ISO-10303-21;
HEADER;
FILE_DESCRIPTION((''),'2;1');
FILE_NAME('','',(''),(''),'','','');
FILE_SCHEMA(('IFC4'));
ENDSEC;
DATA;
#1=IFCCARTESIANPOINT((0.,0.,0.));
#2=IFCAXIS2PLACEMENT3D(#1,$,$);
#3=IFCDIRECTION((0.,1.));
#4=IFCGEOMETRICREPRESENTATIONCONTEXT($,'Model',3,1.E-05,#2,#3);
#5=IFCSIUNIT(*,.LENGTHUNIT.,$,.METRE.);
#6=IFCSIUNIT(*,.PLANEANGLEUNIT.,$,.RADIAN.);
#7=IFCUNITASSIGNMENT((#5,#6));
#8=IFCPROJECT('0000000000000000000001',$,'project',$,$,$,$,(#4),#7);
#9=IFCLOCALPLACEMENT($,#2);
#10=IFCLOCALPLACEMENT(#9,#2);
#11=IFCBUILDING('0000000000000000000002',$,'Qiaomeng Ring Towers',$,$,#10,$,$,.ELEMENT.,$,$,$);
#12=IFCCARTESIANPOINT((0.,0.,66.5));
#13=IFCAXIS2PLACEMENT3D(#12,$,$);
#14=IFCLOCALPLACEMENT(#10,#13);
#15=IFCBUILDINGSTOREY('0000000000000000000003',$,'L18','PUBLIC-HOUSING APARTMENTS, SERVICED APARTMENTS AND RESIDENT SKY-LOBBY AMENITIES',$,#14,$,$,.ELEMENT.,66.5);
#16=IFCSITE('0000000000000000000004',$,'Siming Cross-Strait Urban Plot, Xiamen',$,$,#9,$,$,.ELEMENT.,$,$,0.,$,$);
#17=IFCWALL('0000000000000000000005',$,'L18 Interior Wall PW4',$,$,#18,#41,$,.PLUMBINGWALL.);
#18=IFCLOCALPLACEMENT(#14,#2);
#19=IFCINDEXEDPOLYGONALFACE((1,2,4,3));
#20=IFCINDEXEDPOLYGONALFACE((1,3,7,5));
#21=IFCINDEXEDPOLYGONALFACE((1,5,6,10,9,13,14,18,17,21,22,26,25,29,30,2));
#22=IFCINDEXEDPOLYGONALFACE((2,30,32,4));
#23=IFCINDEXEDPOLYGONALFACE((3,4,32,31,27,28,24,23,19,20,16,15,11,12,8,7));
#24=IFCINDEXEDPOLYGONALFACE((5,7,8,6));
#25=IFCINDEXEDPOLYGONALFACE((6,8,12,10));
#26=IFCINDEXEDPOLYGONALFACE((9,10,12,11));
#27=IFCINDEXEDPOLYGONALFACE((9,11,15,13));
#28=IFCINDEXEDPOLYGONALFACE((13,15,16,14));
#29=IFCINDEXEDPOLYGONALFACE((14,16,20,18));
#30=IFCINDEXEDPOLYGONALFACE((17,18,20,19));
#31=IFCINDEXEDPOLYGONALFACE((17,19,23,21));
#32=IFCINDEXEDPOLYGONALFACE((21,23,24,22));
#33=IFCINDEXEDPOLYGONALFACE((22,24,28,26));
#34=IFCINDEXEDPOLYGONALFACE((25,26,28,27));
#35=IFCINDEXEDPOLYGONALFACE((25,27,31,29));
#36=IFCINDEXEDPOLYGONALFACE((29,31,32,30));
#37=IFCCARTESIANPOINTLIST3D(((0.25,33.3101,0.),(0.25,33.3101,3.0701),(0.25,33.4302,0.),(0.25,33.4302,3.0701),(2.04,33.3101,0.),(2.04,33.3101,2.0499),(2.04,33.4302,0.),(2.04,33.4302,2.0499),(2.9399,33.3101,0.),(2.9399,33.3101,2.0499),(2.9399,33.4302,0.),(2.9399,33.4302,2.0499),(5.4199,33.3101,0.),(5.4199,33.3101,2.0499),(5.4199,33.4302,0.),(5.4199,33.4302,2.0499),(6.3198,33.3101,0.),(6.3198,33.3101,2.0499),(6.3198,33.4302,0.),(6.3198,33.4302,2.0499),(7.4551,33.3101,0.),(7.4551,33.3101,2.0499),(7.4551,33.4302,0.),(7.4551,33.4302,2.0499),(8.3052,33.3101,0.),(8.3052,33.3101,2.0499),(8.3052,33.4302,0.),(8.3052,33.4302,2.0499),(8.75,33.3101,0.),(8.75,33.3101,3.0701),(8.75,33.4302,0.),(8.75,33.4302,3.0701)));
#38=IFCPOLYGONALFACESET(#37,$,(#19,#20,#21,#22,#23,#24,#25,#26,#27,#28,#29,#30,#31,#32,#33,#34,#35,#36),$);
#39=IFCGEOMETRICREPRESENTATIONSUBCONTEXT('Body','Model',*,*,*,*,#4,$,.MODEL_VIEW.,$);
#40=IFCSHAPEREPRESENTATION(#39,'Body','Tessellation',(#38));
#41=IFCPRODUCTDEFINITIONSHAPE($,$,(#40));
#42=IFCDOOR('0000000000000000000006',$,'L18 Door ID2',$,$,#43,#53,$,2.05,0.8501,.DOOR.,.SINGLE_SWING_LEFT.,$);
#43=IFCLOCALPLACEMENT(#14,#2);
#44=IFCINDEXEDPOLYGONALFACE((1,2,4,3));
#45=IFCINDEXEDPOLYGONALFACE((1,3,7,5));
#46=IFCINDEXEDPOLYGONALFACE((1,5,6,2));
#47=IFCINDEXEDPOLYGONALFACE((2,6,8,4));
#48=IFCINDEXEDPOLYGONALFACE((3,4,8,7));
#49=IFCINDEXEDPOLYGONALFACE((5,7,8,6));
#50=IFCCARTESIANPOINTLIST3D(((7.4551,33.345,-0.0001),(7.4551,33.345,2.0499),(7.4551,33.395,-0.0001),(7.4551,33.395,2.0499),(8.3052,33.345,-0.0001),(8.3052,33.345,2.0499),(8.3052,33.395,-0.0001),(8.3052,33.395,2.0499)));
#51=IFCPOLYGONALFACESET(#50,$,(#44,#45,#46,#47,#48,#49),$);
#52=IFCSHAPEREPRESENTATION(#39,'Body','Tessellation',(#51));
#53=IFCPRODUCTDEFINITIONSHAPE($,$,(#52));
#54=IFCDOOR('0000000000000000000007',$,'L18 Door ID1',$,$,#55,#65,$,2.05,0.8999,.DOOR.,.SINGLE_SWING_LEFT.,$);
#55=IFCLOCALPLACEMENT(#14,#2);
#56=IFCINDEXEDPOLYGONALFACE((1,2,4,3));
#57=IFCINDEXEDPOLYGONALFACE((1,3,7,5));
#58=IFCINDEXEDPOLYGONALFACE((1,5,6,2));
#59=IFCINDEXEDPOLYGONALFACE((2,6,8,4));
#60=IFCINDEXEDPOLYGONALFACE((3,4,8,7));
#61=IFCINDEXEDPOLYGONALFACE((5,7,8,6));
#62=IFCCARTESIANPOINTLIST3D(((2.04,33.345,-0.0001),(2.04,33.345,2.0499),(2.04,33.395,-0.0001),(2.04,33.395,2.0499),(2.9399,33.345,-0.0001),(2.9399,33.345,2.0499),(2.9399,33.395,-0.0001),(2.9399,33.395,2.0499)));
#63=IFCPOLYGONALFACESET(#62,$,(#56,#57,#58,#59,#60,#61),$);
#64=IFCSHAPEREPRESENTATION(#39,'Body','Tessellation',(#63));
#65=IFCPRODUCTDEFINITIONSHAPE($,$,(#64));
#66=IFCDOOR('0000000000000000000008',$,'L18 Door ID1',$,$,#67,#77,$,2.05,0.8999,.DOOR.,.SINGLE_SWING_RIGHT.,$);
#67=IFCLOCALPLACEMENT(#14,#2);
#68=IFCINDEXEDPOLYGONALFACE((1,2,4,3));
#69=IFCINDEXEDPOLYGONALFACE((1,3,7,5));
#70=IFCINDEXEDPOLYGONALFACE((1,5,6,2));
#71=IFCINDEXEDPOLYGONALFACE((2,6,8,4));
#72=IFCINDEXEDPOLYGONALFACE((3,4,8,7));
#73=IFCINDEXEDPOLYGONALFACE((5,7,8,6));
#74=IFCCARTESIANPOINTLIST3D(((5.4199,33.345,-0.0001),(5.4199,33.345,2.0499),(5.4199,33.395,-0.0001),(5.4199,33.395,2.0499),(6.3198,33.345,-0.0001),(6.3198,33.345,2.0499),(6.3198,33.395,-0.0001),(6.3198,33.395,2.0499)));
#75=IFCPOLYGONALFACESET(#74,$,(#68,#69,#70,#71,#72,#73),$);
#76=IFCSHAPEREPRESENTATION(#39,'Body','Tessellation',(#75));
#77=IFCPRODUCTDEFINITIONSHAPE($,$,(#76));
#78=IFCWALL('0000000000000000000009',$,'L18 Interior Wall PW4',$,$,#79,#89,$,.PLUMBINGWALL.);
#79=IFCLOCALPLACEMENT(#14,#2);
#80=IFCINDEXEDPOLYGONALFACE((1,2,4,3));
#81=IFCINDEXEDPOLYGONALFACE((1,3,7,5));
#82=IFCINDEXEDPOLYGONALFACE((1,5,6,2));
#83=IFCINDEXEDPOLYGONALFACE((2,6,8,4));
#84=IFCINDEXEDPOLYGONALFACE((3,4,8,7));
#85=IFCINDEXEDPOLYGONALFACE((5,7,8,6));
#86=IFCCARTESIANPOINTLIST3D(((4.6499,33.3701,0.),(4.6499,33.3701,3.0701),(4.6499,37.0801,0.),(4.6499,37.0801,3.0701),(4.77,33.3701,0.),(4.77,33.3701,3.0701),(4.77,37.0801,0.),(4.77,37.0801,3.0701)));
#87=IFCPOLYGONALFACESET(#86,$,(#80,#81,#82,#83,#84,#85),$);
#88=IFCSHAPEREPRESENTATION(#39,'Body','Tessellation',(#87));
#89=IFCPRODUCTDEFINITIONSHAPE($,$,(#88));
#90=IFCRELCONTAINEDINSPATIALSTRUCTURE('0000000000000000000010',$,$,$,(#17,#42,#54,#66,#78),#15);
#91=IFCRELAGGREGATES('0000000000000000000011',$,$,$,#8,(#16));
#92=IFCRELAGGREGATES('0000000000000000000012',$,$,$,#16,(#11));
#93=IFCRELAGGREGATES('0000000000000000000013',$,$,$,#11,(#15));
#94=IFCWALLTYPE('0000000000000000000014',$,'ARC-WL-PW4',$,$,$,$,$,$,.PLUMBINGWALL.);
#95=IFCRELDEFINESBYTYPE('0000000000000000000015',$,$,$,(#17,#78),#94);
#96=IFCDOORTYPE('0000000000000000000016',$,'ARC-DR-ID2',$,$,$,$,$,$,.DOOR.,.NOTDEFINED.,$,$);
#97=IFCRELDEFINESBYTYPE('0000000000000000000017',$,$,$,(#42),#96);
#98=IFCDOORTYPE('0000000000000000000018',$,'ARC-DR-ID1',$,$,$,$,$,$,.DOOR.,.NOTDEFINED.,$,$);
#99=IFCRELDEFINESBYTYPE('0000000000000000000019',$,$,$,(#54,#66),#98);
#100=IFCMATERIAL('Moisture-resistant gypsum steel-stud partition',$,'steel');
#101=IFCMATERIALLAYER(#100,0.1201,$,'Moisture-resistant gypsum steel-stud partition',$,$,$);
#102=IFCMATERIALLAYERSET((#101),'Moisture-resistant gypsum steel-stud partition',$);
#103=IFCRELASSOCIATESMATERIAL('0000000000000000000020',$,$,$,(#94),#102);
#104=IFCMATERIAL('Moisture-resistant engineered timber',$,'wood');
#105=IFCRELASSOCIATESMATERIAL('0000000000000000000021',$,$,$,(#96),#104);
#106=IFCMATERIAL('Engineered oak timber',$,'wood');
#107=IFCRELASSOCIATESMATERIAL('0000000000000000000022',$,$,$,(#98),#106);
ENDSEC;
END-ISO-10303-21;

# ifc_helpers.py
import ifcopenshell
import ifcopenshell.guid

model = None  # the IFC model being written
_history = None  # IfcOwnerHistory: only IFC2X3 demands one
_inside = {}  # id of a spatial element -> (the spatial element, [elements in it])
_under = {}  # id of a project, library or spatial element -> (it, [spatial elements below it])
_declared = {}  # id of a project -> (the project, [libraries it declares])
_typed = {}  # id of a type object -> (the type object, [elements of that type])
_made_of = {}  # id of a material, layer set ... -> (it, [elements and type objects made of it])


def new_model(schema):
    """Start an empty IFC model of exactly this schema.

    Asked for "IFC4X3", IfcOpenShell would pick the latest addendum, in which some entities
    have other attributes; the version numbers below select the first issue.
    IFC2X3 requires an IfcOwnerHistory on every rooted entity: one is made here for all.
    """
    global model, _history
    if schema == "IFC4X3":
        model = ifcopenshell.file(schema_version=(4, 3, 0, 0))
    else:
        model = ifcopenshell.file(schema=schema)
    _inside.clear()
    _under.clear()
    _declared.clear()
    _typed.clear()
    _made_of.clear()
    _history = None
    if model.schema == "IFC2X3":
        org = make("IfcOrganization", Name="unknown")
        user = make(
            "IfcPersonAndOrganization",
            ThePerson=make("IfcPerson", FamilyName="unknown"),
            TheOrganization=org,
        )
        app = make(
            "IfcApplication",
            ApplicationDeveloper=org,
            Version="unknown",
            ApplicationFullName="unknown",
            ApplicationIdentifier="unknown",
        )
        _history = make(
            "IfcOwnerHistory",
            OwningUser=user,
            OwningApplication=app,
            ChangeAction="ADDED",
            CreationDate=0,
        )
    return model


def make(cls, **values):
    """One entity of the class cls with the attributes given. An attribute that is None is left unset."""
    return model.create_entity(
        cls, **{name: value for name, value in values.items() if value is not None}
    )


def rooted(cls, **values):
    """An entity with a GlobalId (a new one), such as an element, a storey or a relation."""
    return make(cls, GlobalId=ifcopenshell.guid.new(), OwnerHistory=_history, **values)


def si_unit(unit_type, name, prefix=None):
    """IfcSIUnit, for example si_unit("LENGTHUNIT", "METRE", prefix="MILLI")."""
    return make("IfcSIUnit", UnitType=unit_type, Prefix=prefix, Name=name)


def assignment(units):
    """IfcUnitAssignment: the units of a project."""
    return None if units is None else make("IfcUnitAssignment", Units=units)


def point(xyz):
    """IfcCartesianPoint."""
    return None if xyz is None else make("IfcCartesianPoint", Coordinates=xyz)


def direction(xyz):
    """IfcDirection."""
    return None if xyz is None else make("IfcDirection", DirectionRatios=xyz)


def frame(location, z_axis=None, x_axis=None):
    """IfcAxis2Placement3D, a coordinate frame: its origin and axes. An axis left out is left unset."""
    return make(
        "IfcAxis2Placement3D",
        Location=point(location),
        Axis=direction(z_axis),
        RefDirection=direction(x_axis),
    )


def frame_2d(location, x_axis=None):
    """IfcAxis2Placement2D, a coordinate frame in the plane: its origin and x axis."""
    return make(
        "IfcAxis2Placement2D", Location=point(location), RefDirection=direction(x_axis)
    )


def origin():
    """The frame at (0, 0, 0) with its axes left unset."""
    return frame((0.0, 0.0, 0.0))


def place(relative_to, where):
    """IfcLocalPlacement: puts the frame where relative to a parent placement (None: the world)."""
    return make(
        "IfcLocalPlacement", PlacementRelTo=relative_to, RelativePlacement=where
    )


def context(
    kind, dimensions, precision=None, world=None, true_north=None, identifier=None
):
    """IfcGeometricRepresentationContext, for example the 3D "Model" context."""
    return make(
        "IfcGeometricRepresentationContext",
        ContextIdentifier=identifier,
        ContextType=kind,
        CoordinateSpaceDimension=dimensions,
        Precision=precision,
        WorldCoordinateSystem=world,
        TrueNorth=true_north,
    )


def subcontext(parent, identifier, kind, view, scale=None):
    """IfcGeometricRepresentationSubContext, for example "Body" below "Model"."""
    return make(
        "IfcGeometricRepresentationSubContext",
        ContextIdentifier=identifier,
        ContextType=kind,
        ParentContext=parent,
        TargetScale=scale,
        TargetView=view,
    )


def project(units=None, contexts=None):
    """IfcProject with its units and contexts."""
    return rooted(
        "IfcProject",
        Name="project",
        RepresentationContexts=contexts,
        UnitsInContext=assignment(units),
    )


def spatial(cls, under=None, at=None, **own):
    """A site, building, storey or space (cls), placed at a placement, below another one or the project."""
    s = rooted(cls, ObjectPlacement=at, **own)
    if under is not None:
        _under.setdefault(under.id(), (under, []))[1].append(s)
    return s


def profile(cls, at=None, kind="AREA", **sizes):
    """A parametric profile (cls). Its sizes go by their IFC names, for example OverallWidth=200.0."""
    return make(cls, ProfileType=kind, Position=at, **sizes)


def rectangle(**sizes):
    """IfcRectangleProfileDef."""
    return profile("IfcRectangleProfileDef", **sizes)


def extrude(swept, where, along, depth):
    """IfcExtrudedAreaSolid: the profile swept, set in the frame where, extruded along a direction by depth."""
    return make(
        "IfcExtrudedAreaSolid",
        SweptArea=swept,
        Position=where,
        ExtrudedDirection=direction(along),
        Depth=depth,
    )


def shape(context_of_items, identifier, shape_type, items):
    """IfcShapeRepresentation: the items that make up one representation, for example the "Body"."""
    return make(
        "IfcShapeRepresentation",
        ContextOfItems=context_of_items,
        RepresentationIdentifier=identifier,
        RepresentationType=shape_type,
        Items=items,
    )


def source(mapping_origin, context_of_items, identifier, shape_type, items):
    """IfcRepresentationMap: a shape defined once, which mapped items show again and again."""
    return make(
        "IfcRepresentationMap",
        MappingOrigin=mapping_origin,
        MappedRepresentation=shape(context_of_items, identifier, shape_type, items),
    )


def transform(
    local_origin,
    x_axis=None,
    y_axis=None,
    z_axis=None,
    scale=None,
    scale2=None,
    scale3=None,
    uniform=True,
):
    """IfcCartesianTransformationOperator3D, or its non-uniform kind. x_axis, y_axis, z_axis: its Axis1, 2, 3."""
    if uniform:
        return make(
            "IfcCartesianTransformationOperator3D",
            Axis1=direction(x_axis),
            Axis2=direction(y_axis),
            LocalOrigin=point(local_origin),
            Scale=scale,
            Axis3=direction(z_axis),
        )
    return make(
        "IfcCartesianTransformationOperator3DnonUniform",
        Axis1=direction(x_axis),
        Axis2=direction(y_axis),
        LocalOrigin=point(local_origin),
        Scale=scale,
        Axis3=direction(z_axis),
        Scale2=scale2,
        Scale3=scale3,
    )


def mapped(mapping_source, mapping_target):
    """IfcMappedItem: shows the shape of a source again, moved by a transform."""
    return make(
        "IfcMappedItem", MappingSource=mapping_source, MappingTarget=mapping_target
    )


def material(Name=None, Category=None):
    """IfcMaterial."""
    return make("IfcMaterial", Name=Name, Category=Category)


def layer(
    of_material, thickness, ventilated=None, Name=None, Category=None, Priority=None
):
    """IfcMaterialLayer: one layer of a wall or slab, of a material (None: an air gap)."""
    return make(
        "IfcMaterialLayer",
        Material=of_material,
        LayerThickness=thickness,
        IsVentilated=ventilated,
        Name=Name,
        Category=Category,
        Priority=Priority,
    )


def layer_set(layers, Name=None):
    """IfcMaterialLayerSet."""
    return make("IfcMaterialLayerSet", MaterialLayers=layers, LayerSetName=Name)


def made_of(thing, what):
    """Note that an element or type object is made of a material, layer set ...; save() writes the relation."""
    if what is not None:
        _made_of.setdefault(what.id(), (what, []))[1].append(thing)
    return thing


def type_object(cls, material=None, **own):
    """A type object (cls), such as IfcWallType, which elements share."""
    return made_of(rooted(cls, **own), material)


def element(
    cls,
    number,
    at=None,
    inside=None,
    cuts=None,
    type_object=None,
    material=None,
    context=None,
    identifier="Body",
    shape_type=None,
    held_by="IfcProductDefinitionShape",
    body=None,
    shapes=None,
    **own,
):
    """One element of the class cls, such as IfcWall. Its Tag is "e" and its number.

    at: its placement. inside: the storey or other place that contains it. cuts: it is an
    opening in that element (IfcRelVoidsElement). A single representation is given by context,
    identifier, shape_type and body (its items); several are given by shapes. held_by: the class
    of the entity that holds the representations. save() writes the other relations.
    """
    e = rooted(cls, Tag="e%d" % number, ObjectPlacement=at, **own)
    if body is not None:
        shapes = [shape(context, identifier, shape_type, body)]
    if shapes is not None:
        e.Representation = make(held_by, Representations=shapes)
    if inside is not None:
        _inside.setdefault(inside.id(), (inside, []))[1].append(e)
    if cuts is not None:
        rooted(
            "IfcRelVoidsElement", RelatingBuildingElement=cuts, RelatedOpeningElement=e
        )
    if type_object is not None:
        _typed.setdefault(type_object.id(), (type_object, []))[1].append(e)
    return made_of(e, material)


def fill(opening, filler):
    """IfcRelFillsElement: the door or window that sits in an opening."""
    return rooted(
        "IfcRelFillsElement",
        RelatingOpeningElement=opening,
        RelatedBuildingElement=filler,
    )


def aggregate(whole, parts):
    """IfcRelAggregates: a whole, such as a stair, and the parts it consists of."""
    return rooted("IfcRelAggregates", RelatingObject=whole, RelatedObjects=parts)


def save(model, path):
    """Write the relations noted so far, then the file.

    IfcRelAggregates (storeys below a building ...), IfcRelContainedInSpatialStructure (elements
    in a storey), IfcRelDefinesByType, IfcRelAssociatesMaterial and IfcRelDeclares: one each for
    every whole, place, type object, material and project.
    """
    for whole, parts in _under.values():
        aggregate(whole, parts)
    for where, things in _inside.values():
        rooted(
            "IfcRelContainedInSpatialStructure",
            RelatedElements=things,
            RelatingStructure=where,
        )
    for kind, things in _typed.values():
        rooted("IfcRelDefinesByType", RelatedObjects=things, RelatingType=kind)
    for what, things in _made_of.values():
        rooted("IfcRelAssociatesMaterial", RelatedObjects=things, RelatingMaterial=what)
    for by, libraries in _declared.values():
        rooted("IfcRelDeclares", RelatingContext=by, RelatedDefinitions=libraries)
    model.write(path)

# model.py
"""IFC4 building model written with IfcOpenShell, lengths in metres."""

from ifc_helpers import new_model, si_unit, direction, frame, frame_2d, origin, place, context, subcontext, project, spatial, rectangle, extrude, source, transform, mapped, material, layer, layer_set, type_object, element, fill, save


model = new_model("IFC4")

# Units and contexts
model_context = context("Model", 3, precision=1e-05, world=origin(), true_north=direction((0.0, 1.0)))
body_context = subcontext(model_context, "Body", "Model", "MODEL_VIEW")
ifc_project = project(units=[si_unit("LENGTHUNIT", "METRE"), si_unit("PLANEANGLEUNIT", "RADIAN")], contexts=[model_context])

# Site, building, storey
site_placement = place(None, origin())
site = spatial("IfcSite", under=ifc_project, at=site_placement, Name="Siming Cross-Strait Urban Plot, Xiamen", CompositionType="ELEMENT", RefElevation=0.0)
building_placement = place(site_placement, origin())
building = spatial("IfcBuilding", under=site, at=building_placement, Name="Qiaomeng Ring Towers", CompositionType="ELEMENT")
storey_placement = place(building_placement, frame((0.0, 0.0, 66.5)))
storey = spatial("IfcBuildingStorey", under=building, at=storey_placement, Name="L18", Description="PUBLIC-HOUSING APARTMENTS, SERVICED APARTMENTS AND RESIDENT SKY-LOBBY AMENITIES", CompositionType="ELEMENT", Elevation=66.5)

# Wall, openings, doors
ifc_material_1 = material(Name="Moisture-resistant gypsum steel-stud partition", Category="steel")
ifc_layer_1 = layer(ifc_material_1, 0.1201, Name="Moisture-resistant gypsum steel-stud partition")
ifc_layer_set_1 = layer_set([ifc_layer_1], Name="Moisture-resistant gypsum steel-stud partition")
wall_type_1 = type_object("IfcWallType", Name="ARC-WL-PW4", PredefinedType="PLUMBINGWALL", material=ifc_layer_set_1)
wall_1_placement = place(storey_placement, frame((0.25, 33.3701, 0.0), z_axis=(0.0, 0.0, 1.0), x_axis=(1.0, 0.0, 0.0)))
wall_1 = element("IfcWall", 1, at=wall_1_placement, inside=storey, type_object=wall_type_1, Name="L18 Interior Wall PW4", PredefinedType="PLUMBINGWALL", context=body_context, shape_type="SweptSolid", body=[
    extrude(rectangle(XDim=8.5, YDim=0.1201, at=frame_2d((4.25, 0.0))), origin(), (0.0, 0.0, 1.0), 3.0701),
])
opening_1_placement = place(wall_1_placement, frame((1.79, 0.0, 0.0)))
opening_1 = element("IfcOpeningElement", 2, at=opening_1_placement, cuts=wall_1, PredefinedType="OPENING", context=body_context, shape_type="SweptSolid", body=[
    extrude(rectangle(XDim=0.8999, YDim=2.05, at=frame_2d((0.45, 1.0249))), frame((0.0, 0.0701, 0.0), z_axis=(0.0, -1.0, 0.0), x_axis=(1.0, 0.0, 0.0)), (0.0, 0.0, 1.0), 0.1401),
])
opening_2_placement = place(wall_1_placement, frame((5.1699, 0.0, 0.0)))
opening_2 = element("IfcOpeningElement", 3, at=opening_2_placement, cuts=wall_1, PredefinedType="OPENING", context=body_context, shape_type="SweptSolid", body=[
    extrude(rectangle(XDim=0.8999, YDim=2.05, at=frame_2d((0.45, 1.0249))), frame((0.0, 0.0701, 0.0), z_axis=(0.0, -1.0, 0.0), x_axis=(1.0, 0.0, 0.0)), (0.0, 0.0, 1.0), 0.1401),
])
opening_3_placement = place(wall_1_placement, frame((7.2051, 0.0, 0.0)))
opening_3 = element("IfcOpeningElement", 4, at=opening_3_placement, cuts=wall_1, PredefinedType="OPENING", context=body_context, shape_type="SweptSolid", body=[
    extrude(rectangle(XDim=0.8501, YDim=2.05, at=frame_2d((0.425, 1.0249))), frame((0.0, 0.0701, 0.0), z_axis=(0.0, -1.0, 0.0), x_axis=(1.0, 0.0, 0.0)), (0.0, 0.0, 1.0), 0.1401),
])
ifc_material_2 = material(Name="Moisture-resistant engineered timber", Category="wood")
door_type_1 = type_object("IfcDoorType", Name="ARC-DR-ID2", OperationType="NOTDEFINED", PredefinedType="DOOR", material=ifc_material_2)
shared_shape_1 = source(origin(), body_context, "Body", "SweptSolid", [
    extrude(rectangle(XDim=0.8501, YDim=2.05, at=frame_2d((0.425, 1.0249))), frame((0.0, 0.0249, 0.0), z_axis=(0.0, -1.0, 0.0), x_axis=(1.0, 0.0, 0.0)), (0.0, 0.0, 1.0), 0.05),
])
door_1_placement = place(opening_3_placement, origin())
door_1 = element("IfcDoor", 5, at=door_1_placement, inside=storey, type_object=door_type_1, Name="L18 Door ID2", OperationType="SINGLE_SWING_LEFT", OverallHeight=2.05, OverallWidth=0.8501, PredefinedType="DOOR", context=body_context, shape_type="MappedRepresentation", body=[
    mapped(shared_shape_1, transform((0.0, 0.0, 0.0), x_axis=(1.0, 0.0, 0.0), y_axis=(0.0, 1.0, 0.0), z_axis=(0.0, 0.0, 1.0), scale=1.0)),
])
fill(opening_3, door_1)
ifc_material_3 = material(Name="Engineered oak timber", Category="wood")
door_type_2 = type_object("IfcDoorType", Name="ARC-DR-ID1", OperationType="NOTDEFINED", PredefinedType="DOOR", material=ifc_material_3)
shared_shape_2 = source(origin(), body_context, "Body", "SweptSolid", [
    extrude(rectangle(XDim=0.8999, YDim=2.05, at=frame_2d((0.45, 1.0249))), frame((0.0, 0.0249, 0.0), z_axis=(0.0, -1.0, 0.0), x_axis=(1.0, 0.0, 0.0)), (0.0, 0.0, 1.0), 0.05),
])
door_2_placement = place(opening_1_placement, origin())
door_2 = element("IfcDoor", 6, at=door_2_placement, inside=storey, type_object=door_type_2, Name="L18 Door ID1", OperationType="SINGLE_SWING_LEFT", OverallHeight=2.05, OverallWidth=0.8999, PredefinedType="DOOR", context=body_context, shape_type="MappedRepresentation", body=[
    mapped(shared_shape_2, transform((0.0, 0.0, 0.0), x_axis=(1.0, 0.0, 0.0), y_axis=(0.0, 1.0, 0.0), z_axis=(0.0, 0.0, 1.0), scale=1.0)),
])
fill(opening_1, door_2)
door_3_placement = place(opening_2_placement, origin())
door_3 = element("IfcDoor", 7, at=door_3_placement, inside=storey, type_object=door_type_2, Name="L18 Door ID1", OperationType="SINGLE_SWING_RIGHT", OverallHeight=2.05, OverallWidth=0.8999, PredefinedType="DOOR", context=body_context, shape_type="MappedRepresentation", body=[
    mapped(shared_shape_2, transform((0.0, 0.0, 0.0), x_axis=(1.0, 0.0, 0.0), y_axis=(0.0, 1.0, 0.0), z_axis=(0.0, 0.0, 1.0), scale=1.0)),
])
fill(opening_2, door_3)

# Wall
wall_2_placement = place(storey_placement, frame((4.71, 33.3701, 0.0), z_axis=(0.0, 0.0, 1.0), x_axis=(0.0, 1.0, 0.0)))
element("IfcWall", 8, at=wall_2_placement, inside=storey, type_object=wall_type_1, Name="L18 Interior Wall PW4", PredefinedType="PLUMBINGWALL", context=body_context, shape_type="SweptSolid", body=[
    extrude(rectangle(XDim=3.71, YDim=0.1201, at=frame_2d((1.855, 0.0))), origin(), (0.0, 0.0, 1.0), 3.0701),
])

save(model, "model.ifc")
